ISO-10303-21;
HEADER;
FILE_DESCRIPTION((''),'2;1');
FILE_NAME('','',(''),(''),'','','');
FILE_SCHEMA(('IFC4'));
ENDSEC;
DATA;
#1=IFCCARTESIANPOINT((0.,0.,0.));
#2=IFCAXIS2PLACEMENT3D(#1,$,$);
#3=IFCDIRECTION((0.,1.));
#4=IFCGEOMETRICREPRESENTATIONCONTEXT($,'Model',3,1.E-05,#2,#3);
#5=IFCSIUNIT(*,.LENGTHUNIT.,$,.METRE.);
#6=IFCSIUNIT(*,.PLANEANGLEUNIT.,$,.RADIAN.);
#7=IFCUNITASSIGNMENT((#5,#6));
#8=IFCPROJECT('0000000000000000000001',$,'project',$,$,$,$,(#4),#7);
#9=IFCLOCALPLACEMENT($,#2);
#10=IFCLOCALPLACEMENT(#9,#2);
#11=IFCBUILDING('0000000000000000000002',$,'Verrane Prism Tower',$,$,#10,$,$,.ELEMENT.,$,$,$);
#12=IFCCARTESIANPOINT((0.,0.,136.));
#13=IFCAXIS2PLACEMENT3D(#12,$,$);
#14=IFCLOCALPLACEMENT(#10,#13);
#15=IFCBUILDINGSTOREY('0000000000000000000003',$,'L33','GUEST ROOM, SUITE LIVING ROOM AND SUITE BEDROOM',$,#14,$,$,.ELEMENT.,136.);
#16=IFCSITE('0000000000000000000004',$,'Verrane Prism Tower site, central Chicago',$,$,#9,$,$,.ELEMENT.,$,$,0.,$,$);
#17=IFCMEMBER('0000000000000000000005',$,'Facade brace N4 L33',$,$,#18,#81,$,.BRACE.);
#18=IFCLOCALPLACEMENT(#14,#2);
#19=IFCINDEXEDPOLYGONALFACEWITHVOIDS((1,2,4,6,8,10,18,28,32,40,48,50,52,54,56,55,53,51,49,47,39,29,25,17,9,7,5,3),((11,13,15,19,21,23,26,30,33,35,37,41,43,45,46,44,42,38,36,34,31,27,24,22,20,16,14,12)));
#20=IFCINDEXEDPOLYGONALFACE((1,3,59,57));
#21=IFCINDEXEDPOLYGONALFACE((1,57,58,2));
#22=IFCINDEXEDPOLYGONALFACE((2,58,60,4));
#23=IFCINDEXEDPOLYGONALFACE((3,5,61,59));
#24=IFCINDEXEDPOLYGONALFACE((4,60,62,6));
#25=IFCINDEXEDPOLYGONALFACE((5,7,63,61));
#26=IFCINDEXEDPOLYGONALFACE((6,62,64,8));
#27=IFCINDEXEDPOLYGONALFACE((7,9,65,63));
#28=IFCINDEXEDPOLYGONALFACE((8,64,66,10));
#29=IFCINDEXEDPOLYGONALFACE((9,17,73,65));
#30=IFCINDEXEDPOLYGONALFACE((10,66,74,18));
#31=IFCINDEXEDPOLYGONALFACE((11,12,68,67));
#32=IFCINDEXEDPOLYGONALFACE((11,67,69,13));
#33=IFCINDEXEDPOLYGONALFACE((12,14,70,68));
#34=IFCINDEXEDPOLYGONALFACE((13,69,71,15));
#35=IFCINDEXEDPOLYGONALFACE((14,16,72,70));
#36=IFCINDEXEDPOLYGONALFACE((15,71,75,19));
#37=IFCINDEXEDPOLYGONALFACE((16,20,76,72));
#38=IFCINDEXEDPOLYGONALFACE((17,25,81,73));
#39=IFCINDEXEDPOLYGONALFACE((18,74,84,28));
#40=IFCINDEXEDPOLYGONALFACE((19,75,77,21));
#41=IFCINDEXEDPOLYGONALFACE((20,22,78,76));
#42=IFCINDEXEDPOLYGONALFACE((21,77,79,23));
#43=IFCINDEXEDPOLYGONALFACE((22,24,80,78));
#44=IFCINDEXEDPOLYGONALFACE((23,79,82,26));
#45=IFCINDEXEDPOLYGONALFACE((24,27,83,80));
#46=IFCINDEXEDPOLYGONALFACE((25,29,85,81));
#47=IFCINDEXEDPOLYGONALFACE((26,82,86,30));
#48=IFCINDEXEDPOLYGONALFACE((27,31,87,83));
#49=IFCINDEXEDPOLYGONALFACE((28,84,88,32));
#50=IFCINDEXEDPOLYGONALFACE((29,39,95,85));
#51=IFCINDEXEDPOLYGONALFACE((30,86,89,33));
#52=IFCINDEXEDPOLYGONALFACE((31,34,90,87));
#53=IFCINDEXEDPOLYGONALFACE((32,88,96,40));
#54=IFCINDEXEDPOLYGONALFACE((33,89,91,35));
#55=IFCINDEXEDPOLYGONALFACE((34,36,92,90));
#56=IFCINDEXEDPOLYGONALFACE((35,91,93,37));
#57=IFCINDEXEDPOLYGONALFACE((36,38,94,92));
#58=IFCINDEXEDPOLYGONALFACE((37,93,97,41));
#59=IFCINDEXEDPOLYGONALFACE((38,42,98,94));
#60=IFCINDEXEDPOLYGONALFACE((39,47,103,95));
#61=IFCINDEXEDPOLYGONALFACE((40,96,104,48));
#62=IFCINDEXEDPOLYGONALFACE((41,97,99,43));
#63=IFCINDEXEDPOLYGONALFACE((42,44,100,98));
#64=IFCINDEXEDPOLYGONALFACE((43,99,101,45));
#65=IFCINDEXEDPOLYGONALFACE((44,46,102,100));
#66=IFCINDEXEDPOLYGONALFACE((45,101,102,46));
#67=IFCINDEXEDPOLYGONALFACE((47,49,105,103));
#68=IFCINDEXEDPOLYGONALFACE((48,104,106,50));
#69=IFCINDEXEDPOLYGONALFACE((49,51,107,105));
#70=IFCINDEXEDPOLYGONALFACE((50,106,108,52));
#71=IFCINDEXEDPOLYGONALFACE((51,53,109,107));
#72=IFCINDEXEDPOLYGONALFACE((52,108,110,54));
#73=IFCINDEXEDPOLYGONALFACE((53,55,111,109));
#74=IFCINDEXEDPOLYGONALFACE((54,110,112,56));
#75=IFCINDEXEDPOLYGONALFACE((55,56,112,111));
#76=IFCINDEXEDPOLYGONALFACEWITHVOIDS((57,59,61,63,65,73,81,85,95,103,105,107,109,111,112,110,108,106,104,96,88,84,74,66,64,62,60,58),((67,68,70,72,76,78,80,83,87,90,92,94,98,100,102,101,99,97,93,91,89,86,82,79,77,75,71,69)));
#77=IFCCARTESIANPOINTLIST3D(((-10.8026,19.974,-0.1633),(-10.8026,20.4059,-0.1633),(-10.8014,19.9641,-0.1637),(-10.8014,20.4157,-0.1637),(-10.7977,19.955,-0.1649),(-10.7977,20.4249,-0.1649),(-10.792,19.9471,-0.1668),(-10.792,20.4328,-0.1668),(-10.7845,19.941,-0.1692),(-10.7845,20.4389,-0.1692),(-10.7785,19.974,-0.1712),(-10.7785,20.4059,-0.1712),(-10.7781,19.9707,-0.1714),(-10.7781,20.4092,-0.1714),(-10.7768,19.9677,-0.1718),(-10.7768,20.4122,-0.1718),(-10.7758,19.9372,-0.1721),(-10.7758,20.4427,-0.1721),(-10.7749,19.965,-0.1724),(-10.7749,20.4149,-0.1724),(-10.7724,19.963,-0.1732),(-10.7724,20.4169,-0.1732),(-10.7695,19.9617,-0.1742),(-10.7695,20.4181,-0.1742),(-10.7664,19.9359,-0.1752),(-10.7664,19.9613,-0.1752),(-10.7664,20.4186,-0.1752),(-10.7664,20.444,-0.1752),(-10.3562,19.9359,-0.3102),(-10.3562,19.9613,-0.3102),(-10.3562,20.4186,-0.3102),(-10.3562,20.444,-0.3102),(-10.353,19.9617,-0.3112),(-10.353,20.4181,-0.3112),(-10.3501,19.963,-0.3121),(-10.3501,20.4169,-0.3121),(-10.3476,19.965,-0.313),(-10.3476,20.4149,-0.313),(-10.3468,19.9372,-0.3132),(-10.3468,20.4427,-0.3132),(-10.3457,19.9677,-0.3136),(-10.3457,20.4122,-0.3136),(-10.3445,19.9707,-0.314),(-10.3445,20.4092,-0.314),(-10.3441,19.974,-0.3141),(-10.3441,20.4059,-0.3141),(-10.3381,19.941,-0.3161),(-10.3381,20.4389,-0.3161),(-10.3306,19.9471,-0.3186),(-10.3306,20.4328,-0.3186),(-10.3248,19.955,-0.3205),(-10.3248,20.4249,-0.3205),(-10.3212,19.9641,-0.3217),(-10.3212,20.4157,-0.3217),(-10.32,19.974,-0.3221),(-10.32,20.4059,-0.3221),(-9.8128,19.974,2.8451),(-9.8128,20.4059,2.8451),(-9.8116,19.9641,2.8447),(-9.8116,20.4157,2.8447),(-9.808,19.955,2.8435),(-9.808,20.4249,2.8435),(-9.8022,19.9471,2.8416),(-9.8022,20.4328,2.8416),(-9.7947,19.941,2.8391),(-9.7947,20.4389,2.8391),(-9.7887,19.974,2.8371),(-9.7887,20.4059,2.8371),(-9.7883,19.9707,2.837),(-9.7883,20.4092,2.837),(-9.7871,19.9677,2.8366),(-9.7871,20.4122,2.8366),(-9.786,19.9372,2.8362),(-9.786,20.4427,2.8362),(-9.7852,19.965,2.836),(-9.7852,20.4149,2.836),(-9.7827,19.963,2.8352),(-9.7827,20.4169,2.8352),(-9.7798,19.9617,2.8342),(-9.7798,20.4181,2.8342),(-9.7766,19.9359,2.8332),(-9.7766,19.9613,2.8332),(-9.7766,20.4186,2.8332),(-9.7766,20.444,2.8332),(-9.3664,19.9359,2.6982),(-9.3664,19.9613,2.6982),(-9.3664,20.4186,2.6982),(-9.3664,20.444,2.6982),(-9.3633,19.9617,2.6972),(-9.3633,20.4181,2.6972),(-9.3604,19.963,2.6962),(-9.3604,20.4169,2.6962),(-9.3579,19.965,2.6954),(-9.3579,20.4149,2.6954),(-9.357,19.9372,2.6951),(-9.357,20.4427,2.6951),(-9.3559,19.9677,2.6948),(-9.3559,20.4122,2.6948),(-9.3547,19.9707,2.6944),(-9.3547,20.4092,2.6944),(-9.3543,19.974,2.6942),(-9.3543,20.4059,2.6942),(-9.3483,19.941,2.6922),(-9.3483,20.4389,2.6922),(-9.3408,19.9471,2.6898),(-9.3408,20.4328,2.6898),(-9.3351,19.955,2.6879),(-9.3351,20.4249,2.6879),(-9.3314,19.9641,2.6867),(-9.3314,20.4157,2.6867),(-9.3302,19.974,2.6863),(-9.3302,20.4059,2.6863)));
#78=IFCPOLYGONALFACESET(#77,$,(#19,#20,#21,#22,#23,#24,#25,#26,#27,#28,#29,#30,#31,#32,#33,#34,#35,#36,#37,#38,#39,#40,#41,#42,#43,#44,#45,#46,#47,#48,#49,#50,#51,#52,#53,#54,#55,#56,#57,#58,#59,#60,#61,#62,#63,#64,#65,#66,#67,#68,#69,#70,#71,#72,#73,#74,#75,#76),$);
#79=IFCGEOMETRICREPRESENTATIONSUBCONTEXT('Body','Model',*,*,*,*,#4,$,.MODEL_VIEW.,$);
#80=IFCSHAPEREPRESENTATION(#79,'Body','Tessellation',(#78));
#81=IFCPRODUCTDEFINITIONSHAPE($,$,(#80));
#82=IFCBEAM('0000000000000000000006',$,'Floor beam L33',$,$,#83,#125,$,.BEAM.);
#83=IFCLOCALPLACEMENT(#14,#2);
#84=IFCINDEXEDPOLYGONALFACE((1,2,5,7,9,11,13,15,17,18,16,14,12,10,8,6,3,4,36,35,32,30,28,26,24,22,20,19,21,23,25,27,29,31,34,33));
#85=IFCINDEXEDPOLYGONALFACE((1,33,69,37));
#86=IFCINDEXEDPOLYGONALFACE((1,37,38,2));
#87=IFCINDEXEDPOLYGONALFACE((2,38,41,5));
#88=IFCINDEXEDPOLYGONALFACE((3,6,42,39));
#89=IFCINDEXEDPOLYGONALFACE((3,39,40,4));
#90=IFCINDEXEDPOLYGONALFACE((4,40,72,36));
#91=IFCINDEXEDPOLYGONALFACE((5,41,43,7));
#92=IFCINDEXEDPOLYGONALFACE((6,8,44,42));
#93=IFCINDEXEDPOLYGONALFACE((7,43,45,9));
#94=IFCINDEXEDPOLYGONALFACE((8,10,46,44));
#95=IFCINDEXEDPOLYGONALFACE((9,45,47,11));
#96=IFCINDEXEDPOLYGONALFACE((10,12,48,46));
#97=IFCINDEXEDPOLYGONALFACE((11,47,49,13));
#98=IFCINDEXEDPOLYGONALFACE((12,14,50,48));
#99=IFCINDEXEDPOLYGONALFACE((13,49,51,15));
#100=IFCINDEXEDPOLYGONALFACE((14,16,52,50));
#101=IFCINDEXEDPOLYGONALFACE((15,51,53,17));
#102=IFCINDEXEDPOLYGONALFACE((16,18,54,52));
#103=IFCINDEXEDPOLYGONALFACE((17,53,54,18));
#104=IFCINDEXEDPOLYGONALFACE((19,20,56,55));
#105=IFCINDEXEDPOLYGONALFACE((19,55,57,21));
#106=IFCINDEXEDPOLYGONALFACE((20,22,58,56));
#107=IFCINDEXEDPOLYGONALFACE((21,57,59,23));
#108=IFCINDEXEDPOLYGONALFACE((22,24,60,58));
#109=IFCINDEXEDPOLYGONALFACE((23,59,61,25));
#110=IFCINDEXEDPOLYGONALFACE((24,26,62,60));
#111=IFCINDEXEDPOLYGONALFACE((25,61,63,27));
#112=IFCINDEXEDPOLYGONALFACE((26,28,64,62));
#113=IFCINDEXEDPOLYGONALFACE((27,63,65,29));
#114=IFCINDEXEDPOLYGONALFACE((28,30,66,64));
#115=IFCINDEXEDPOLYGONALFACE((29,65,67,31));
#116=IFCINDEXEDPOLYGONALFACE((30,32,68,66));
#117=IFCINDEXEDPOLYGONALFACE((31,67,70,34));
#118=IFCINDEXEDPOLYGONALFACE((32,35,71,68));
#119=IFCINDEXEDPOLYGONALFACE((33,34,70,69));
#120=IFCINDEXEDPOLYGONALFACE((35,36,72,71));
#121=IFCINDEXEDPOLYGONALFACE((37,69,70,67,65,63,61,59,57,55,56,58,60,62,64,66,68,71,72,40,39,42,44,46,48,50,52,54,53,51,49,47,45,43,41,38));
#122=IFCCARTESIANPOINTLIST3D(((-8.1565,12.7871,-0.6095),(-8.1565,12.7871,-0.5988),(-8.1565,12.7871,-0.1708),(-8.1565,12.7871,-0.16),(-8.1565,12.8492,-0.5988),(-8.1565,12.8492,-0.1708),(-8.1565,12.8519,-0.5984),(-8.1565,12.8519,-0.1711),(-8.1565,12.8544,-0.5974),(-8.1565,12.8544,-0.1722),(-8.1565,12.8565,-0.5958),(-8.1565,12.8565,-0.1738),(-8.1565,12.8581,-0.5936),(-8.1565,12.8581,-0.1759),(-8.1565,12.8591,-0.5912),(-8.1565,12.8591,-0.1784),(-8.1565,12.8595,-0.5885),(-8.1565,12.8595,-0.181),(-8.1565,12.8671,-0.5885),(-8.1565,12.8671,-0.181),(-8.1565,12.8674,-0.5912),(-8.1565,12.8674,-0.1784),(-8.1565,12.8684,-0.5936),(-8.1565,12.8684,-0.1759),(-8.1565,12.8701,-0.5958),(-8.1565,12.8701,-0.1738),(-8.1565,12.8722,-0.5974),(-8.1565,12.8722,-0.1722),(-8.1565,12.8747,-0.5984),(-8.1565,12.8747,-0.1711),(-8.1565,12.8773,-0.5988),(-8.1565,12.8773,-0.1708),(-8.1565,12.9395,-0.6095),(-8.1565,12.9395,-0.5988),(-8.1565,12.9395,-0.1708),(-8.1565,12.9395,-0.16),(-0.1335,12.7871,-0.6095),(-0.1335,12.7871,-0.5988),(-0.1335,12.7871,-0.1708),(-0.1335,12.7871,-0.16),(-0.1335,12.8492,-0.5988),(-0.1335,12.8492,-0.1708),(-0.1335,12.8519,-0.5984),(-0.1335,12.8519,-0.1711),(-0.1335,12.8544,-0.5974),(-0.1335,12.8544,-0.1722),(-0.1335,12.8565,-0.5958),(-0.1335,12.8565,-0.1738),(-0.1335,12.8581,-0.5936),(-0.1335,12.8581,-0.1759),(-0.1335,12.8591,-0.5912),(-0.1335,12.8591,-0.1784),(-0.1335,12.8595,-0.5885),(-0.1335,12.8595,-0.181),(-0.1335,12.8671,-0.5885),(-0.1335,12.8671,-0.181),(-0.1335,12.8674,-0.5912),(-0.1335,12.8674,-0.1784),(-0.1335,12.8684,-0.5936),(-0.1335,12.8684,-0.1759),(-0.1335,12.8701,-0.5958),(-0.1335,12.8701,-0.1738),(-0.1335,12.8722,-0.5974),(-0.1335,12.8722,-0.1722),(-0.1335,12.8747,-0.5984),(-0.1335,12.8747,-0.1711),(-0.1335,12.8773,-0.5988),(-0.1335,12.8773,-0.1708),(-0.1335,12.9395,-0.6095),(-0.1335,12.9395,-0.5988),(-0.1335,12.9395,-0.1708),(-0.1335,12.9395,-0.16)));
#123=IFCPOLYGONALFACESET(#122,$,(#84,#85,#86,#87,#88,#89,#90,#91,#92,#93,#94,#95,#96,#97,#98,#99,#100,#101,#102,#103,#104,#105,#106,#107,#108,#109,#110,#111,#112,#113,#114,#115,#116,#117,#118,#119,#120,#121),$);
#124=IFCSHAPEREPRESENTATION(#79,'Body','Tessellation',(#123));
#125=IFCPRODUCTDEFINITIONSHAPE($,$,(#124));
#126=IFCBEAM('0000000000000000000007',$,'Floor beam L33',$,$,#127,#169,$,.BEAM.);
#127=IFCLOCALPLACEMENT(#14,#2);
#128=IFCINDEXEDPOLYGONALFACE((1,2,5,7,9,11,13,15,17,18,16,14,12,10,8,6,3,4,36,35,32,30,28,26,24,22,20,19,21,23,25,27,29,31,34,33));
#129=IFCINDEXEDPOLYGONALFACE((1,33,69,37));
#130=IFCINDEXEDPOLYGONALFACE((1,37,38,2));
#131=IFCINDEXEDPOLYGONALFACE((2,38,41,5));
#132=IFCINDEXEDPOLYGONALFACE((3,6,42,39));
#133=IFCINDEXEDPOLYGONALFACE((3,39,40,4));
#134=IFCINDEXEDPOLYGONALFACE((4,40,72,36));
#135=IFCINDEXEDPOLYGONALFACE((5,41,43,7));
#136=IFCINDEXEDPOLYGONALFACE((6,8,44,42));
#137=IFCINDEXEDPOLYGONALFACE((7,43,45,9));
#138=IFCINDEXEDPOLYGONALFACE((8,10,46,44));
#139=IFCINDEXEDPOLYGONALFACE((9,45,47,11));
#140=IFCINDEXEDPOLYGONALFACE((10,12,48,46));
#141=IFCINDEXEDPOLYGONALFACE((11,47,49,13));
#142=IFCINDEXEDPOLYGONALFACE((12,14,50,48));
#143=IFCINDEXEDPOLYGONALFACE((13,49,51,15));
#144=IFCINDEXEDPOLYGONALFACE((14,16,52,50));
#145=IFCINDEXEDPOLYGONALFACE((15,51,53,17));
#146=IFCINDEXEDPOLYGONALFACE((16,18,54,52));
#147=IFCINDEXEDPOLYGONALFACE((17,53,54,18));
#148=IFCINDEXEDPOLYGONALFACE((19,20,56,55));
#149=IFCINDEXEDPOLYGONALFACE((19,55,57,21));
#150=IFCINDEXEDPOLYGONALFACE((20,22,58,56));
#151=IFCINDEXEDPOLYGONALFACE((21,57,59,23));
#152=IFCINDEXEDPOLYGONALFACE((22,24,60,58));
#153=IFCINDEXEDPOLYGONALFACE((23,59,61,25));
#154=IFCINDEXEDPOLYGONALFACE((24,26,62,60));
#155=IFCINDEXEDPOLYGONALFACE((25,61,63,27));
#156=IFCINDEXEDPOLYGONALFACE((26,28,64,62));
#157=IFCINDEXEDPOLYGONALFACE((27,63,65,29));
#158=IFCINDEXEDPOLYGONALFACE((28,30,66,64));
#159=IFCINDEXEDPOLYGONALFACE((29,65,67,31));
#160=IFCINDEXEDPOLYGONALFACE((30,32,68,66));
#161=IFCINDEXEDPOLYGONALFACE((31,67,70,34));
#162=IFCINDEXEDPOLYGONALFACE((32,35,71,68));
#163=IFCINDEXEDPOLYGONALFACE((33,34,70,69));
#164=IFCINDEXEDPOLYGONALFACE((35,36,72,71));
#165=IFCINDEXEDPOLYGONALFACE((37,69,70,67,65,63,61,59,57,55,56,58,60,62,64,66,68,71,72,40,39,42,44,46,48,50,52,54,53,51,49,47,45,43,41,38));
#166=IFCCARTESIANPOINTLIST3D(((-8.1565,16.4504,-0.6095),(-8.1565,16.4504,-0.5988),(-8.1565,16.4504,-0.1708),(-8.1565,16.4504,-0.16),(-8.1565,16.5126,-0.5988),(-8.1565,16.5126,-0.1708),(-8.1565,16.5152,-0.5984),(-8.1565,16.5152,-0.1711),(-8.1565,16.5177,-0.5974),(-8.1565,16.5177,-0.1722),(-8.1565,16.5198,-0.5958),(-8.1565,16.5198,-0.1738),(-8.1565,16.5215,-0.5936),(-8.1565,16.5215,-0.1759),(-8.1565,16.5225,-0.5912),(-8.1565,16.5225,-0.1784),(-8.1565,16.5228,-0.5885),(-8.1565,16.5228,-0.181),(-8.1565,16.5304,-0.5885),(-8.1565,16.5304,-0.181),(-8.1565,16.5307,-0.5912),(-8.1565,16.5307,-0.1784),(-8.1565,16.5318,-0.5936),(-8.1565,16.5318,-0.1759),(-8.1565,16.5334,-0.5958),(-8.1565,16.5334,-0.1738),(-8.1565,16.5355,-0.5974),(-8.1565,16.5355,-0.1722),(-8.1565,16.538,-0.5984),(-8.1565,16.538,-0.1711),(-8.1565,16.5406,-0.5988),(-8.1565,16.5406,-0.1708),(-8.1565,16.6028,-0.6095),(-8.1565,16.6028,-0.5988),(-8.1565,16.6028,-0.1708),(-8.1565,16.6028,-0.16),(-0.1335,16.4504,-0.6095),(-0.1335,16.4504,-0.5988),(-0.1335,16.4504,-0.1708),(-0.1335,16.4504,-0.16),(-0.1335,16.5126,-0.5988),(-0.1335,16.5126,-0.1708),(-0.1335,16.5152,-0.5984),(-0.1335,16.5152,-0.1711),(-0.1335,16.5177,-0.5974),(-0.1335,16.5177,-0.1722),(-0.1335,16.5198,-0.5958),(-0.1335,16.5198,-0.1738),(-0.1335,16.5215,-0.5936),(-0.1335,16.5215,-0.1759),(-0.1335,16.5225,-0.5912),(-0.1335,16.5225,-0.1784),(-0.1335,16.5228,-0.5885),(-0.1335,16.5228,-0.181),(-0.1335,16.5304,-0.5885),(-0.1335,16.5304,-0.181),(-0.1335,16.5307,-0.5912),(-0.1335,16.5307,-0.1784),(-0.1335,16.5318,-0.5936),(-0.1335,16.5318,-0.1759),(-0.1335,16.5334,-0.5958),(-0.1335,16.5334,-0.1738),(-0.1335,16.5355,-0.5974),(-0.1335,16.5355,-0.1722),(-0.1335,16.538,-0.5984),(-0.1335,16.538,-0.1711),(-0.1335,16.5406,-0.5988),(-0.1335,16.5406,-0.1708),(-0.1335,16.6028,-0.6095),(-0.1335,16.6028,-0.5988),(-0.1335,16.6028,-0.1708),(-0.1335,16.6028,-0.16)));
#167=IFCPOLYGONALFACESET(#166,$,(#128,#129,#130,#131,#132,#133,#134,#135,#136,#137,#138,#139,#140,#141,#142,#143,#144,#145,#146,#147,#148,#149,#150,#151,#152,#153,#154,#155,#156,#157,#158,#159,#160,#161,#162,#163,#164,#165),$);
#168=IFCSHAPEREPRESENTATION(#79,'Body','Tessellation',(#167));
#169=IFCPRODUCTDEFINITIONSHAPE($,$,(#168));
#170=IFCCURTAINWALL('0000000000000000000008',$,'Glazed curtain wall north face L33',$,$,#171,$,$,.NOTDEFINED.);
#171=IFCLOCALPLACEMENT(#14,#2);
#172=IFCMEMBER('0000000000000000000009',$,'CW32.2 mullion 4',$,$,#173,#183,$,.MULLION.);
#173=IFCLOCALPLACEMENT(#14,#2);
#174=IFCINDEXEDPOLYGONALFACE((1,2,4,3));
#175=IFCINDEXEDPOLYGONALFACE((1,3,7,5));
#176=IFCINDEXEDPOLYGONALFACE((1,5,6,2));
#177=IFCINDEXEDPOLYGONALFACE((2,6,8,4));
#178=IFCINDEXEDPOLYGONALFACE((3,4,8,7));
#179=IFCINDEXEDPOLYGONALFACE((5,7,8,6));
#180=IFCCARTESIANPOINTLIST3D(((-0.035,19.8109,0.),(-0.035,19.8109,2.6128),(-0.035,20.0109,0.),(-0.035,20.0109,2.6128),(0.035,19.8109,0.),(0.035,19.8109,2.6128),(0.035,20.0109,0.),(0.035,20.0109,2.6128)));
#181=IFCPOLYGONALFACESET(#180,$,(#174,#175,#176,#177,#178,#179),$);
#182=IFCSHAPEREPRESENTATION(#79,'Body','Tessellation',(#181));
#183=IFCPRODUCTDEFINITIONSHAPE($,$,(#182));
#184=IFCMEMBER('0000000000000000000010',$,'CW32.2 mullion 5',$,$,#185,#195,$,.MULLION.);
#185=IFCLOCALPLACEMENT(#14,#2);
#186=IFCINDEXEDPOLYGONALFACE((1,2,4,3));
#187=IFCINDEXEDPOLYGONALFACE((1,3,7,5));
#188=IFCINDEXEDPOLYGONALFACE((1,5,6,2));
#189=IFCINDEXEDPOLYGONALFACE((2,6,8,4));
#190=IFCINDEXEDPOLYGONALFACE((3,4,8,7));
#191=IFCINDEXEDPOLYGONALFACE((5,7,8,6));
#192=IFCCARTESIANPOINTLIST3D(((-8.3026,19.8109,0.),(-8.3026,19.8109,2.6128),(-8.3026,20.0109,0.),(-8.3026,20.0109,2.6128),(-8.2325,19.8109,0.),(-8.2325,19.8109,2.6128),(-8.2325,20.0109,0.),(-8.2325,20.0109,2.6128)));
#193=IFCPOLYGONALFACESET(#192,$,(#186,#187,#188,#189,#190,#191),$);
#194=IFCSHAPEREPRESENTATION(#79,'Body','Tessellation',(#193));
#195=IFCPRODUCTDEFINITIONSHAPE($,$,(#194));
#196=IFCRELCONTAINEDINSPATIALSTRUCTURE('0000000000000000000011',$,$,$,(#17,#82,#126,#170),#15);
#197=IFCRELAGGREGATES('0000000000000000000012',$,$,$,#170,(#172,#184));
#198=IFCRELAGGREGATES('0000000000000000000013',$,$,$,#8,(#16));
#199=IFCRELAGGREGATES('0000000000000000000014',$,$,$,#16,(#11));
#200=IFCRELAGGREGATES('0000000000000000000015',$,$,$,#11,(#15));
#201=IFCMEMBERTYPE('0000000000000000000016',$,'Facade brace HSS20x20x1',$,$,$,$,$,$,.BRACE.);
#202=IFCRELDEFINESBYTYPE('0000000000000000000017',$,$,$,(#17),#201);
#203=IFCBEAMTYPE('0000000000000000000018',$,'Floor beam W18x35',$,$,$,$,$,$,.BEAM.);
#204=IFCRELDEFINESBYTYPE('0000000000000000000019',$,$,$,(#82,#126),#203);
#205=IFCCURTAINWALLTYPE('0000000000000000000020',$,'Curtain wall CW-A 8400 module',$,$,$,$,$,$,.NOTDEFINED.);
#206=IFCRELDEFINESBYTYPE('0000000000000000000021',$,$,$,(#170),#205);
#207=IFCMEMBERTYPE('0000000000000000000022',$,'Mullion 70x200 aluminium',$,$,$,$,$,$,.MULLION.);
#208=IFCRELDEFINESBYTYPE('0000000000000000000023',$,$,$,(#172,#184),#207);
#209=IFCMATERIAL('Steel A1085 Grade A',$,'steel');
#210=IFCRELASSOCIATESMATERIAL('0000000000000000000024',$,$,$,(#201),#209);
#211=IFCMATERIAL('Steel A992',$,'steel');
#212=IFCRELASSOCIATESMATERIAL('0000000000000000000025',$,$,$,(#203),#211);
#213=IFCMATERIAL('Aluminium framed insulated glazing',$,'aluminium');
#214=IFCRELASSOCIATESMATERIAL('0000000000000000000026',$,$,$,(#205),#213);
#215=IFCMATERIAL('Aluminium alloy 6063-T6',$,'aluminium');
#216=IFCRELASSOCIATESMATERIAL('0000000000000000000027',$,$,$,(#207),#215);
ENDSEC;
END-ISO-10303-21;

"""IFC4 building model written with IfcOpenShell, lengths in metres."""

from ifc_helpers import new_model, si_unit, direction, frame, origin, origin_2d, place, context, subcontext, project, spatial, rectangle, hollow_rectangle, i_section, extrude, material, material_profile, profile_set, type_object, element, aggregate, save


model = new_model("IFC4")

# Units and contexts
model_context = context("Model", 3, precision=1e-05, world=origin(), true_north=direction((0.0, 1.0)))
body_context = subcontext(model_context, "Body", "Model", "MODEL_VIEW")
ifc_project = project(units=[si_unit("LENGTHUNIT", "METRE"), si_unit("PLANEANGLEUNIT", "RADIAN")], contexts=[model_context])

# Site, building, storey
site_placement = place(None, origin())
site = spatial("IfcSite", under=ifc_project, at=site_placement, Name="Verrane Prism Tower site, central Chicago", CompositionType="ELEMENT", RefElevation=0.0)
building_placement = place(site_placement, origin())
building = spatial("IfcBuilding", under=site, at=building_placement, Name="Verrane Prism Tower", CompositionType="ELEMENT")
storey_placement = place(building_placement, frame((0.0, 0.0, 136.0)))
storey = spatial("IfcBuildingStorey", under=building, at=storey_placement, Name="L33", Description="GUEST ROOM, SUITE LIVING ROOM AND SUITE BEDROOM", CompositionType="ELEMENT", Elevation=136.0)

# Member
ifc_material_1 = material(Name="Steel A1085 Grade A", Category="steel")
ifc_material_profile_1 = material_profile(ifc_material_1, hollow_rectangle(XDim=0.5081, YDim=0.5081, WallThickness=0.0254, InnerFilletRadius=0.0127, OuterFilletRadius=0.0381, at=origin_2d()), Name="HSS20x20x1")
ifc_profile_set_1 = profile_set([ifc_material_profile_1], Name="Steel A1085 Grade A")
member_type_1 = type_object("IfcMemberType", Name="Facade brace HSS20x20x1", PredefinedType="BRACE", material=ifc_profile_set_1)
member_1_placement = place(storey_placement, frame((-10.5613, 20.1899, -0.2427), z_axis=(0.312525, 0.0, 0.94991), x_axis=(0.0, 1.0, 0.0)))
element("IfcMember", 1, at=member_1_placement, inside=storey, type_object=member_type_1, Name="Facade brace N4 L33", PredefinedType="BRACE", context=body_context, shape_type="SweptSolid", body=[
    extrude(hollow_rectangle(XDim=0.5081, YDim=0.5081, WallThickness=0.0254, InnerFilletRadius=0.0127, OuterFilletRadius=0.0381, at=origin_2d()), origin(), (0.0, 0.0, 1.0), 3.167),
])

# Beams
ifc_material_2 = material(Name="Steel A992", Category="steel")
ifc_material_profile_2 = material_profile(ifc_material_2, i_section(OverallWidth=0.1523, OverallDepth=0.4495, WebThickness=0.0076, FlangeThickness=0.0107, FilletRadius=0.0103, at=origin_2d()), Name="W18x35")
ifc_profile_set_2 = profile_set([ifc_material_profile_2], Name="Steel A992")
beam_type_1 = type_object("IfcBeamType", Name="Floor beam W18x35", PredefinedType="BEAM", material=ifc_profile_set_2)
for number, where, z_axis, x_axis, name in (
    (2, (-8.1565, 12.8633, -0.3848), (1.0, 0.0, 0.0), (0.0, 1.0, 0.0), "Floor beam L33"),
    (3, (-8.1565, 16.5266, -0.3848), (1.0, 0.0, 0.0), (0.0, 1.0, 0.0), "Floor beam L33"),
):
    element("IfcBeam", number, at=place(storey_placement, frame(where, z_axis=z_axis, x_axis=x_axis)), inside=storey, type_object=beam_type_1, Name=name, PredefinedType="BEAM", context=body_context, shape_type="SweptSolid", body=[
        extrude(i_section(OverallWidth=0.1523, OverallDepth=0.4495, WebThickness=0.0076, FlangeThickness=0.0107, FilletRadius=0.0103, at=origin_2d()), origin(), (0.0, 0.0, 1.0), 8.0229),
    ])

# Curtain wall, members
ifc_material_3 = material(Name="Aluminium framed insulated glazing", Category="aluminium")
curtain_wall_type = type_object("IfcCurtainWallType", Name="Curtain wall CW-A 8400 module", PredefinedType="NOTDEFINED", material=ifc_material_3)
curtain_wall_placement = place(storey_placement, origin())
curtain_wall = element("IfcCurtainWall", 4, at=curtain_wall_placement, inside=storey, type_object=curtain_wall_type, Name="Glazed curtain wall north face L33", PredefinedType="NOTDEFINED")
ifc_material_4 = material(Name="Aluminium alloy 6063-T6", Category="aluminium")
ifc_material_profile_3 = material_profile(ifc_material_4, rectangle(XDim=0.2, YDim=0.0701, at=origin_2d()), Name="Mullion 70x200 aluminium")
ifc_profile_set_3 = profile_set([ifc_material_profile_3], Name="Aluminium alloy 6063-T6")
member_type_2 = type_object("IfcMemberType", Name="Mullion 70x200 aluminium", PredefinedType="MULLION", material=ifc_profile_set_3)
member_2_placement = place(storey_placement, frame((0.0, 19.9109, 0.0), z_axis=(0.0, 0.0, 1.0), x_axis=(0.0, -1.0, 0.0)))
member_2 = element("IfcMember", 5, at=member_2_placement, type_object=member_type_2, Name="CW32.2 mullion 4", PredefinedType="MULLION", context=body_context, shape_type="SweptSolid", body=[
    extrude(rectangle(XDim=0.2, YDim=0.0701, at=origin_2d()), origin(), (0.0, 0.0, 1.0), 2.6128),
])
member_3_placement = place(storey_placement, frame((-8.2676, 19.9109, 0.0), z_axis=(0.0, 0.0, 1.0), x_axis=(0.0, -1.0, 0.0)))
member_3 = element("IfcMember", 6, at=member_3_placement, type_object=member_type_2, Name="CW32.2 mullion 5", PredefinedType="MULLION", context=body_context, shape_type="SweptSolid", body=[
    extrude(rectangle(XDim=0.2, YDim=0.0701, at=origin_2d()), origin(), (0.0, 0.0, 1.0), 2.6128),
])

aggregate(curtain_wall, [member_2, member_3])

save(model, "model.ifc")
